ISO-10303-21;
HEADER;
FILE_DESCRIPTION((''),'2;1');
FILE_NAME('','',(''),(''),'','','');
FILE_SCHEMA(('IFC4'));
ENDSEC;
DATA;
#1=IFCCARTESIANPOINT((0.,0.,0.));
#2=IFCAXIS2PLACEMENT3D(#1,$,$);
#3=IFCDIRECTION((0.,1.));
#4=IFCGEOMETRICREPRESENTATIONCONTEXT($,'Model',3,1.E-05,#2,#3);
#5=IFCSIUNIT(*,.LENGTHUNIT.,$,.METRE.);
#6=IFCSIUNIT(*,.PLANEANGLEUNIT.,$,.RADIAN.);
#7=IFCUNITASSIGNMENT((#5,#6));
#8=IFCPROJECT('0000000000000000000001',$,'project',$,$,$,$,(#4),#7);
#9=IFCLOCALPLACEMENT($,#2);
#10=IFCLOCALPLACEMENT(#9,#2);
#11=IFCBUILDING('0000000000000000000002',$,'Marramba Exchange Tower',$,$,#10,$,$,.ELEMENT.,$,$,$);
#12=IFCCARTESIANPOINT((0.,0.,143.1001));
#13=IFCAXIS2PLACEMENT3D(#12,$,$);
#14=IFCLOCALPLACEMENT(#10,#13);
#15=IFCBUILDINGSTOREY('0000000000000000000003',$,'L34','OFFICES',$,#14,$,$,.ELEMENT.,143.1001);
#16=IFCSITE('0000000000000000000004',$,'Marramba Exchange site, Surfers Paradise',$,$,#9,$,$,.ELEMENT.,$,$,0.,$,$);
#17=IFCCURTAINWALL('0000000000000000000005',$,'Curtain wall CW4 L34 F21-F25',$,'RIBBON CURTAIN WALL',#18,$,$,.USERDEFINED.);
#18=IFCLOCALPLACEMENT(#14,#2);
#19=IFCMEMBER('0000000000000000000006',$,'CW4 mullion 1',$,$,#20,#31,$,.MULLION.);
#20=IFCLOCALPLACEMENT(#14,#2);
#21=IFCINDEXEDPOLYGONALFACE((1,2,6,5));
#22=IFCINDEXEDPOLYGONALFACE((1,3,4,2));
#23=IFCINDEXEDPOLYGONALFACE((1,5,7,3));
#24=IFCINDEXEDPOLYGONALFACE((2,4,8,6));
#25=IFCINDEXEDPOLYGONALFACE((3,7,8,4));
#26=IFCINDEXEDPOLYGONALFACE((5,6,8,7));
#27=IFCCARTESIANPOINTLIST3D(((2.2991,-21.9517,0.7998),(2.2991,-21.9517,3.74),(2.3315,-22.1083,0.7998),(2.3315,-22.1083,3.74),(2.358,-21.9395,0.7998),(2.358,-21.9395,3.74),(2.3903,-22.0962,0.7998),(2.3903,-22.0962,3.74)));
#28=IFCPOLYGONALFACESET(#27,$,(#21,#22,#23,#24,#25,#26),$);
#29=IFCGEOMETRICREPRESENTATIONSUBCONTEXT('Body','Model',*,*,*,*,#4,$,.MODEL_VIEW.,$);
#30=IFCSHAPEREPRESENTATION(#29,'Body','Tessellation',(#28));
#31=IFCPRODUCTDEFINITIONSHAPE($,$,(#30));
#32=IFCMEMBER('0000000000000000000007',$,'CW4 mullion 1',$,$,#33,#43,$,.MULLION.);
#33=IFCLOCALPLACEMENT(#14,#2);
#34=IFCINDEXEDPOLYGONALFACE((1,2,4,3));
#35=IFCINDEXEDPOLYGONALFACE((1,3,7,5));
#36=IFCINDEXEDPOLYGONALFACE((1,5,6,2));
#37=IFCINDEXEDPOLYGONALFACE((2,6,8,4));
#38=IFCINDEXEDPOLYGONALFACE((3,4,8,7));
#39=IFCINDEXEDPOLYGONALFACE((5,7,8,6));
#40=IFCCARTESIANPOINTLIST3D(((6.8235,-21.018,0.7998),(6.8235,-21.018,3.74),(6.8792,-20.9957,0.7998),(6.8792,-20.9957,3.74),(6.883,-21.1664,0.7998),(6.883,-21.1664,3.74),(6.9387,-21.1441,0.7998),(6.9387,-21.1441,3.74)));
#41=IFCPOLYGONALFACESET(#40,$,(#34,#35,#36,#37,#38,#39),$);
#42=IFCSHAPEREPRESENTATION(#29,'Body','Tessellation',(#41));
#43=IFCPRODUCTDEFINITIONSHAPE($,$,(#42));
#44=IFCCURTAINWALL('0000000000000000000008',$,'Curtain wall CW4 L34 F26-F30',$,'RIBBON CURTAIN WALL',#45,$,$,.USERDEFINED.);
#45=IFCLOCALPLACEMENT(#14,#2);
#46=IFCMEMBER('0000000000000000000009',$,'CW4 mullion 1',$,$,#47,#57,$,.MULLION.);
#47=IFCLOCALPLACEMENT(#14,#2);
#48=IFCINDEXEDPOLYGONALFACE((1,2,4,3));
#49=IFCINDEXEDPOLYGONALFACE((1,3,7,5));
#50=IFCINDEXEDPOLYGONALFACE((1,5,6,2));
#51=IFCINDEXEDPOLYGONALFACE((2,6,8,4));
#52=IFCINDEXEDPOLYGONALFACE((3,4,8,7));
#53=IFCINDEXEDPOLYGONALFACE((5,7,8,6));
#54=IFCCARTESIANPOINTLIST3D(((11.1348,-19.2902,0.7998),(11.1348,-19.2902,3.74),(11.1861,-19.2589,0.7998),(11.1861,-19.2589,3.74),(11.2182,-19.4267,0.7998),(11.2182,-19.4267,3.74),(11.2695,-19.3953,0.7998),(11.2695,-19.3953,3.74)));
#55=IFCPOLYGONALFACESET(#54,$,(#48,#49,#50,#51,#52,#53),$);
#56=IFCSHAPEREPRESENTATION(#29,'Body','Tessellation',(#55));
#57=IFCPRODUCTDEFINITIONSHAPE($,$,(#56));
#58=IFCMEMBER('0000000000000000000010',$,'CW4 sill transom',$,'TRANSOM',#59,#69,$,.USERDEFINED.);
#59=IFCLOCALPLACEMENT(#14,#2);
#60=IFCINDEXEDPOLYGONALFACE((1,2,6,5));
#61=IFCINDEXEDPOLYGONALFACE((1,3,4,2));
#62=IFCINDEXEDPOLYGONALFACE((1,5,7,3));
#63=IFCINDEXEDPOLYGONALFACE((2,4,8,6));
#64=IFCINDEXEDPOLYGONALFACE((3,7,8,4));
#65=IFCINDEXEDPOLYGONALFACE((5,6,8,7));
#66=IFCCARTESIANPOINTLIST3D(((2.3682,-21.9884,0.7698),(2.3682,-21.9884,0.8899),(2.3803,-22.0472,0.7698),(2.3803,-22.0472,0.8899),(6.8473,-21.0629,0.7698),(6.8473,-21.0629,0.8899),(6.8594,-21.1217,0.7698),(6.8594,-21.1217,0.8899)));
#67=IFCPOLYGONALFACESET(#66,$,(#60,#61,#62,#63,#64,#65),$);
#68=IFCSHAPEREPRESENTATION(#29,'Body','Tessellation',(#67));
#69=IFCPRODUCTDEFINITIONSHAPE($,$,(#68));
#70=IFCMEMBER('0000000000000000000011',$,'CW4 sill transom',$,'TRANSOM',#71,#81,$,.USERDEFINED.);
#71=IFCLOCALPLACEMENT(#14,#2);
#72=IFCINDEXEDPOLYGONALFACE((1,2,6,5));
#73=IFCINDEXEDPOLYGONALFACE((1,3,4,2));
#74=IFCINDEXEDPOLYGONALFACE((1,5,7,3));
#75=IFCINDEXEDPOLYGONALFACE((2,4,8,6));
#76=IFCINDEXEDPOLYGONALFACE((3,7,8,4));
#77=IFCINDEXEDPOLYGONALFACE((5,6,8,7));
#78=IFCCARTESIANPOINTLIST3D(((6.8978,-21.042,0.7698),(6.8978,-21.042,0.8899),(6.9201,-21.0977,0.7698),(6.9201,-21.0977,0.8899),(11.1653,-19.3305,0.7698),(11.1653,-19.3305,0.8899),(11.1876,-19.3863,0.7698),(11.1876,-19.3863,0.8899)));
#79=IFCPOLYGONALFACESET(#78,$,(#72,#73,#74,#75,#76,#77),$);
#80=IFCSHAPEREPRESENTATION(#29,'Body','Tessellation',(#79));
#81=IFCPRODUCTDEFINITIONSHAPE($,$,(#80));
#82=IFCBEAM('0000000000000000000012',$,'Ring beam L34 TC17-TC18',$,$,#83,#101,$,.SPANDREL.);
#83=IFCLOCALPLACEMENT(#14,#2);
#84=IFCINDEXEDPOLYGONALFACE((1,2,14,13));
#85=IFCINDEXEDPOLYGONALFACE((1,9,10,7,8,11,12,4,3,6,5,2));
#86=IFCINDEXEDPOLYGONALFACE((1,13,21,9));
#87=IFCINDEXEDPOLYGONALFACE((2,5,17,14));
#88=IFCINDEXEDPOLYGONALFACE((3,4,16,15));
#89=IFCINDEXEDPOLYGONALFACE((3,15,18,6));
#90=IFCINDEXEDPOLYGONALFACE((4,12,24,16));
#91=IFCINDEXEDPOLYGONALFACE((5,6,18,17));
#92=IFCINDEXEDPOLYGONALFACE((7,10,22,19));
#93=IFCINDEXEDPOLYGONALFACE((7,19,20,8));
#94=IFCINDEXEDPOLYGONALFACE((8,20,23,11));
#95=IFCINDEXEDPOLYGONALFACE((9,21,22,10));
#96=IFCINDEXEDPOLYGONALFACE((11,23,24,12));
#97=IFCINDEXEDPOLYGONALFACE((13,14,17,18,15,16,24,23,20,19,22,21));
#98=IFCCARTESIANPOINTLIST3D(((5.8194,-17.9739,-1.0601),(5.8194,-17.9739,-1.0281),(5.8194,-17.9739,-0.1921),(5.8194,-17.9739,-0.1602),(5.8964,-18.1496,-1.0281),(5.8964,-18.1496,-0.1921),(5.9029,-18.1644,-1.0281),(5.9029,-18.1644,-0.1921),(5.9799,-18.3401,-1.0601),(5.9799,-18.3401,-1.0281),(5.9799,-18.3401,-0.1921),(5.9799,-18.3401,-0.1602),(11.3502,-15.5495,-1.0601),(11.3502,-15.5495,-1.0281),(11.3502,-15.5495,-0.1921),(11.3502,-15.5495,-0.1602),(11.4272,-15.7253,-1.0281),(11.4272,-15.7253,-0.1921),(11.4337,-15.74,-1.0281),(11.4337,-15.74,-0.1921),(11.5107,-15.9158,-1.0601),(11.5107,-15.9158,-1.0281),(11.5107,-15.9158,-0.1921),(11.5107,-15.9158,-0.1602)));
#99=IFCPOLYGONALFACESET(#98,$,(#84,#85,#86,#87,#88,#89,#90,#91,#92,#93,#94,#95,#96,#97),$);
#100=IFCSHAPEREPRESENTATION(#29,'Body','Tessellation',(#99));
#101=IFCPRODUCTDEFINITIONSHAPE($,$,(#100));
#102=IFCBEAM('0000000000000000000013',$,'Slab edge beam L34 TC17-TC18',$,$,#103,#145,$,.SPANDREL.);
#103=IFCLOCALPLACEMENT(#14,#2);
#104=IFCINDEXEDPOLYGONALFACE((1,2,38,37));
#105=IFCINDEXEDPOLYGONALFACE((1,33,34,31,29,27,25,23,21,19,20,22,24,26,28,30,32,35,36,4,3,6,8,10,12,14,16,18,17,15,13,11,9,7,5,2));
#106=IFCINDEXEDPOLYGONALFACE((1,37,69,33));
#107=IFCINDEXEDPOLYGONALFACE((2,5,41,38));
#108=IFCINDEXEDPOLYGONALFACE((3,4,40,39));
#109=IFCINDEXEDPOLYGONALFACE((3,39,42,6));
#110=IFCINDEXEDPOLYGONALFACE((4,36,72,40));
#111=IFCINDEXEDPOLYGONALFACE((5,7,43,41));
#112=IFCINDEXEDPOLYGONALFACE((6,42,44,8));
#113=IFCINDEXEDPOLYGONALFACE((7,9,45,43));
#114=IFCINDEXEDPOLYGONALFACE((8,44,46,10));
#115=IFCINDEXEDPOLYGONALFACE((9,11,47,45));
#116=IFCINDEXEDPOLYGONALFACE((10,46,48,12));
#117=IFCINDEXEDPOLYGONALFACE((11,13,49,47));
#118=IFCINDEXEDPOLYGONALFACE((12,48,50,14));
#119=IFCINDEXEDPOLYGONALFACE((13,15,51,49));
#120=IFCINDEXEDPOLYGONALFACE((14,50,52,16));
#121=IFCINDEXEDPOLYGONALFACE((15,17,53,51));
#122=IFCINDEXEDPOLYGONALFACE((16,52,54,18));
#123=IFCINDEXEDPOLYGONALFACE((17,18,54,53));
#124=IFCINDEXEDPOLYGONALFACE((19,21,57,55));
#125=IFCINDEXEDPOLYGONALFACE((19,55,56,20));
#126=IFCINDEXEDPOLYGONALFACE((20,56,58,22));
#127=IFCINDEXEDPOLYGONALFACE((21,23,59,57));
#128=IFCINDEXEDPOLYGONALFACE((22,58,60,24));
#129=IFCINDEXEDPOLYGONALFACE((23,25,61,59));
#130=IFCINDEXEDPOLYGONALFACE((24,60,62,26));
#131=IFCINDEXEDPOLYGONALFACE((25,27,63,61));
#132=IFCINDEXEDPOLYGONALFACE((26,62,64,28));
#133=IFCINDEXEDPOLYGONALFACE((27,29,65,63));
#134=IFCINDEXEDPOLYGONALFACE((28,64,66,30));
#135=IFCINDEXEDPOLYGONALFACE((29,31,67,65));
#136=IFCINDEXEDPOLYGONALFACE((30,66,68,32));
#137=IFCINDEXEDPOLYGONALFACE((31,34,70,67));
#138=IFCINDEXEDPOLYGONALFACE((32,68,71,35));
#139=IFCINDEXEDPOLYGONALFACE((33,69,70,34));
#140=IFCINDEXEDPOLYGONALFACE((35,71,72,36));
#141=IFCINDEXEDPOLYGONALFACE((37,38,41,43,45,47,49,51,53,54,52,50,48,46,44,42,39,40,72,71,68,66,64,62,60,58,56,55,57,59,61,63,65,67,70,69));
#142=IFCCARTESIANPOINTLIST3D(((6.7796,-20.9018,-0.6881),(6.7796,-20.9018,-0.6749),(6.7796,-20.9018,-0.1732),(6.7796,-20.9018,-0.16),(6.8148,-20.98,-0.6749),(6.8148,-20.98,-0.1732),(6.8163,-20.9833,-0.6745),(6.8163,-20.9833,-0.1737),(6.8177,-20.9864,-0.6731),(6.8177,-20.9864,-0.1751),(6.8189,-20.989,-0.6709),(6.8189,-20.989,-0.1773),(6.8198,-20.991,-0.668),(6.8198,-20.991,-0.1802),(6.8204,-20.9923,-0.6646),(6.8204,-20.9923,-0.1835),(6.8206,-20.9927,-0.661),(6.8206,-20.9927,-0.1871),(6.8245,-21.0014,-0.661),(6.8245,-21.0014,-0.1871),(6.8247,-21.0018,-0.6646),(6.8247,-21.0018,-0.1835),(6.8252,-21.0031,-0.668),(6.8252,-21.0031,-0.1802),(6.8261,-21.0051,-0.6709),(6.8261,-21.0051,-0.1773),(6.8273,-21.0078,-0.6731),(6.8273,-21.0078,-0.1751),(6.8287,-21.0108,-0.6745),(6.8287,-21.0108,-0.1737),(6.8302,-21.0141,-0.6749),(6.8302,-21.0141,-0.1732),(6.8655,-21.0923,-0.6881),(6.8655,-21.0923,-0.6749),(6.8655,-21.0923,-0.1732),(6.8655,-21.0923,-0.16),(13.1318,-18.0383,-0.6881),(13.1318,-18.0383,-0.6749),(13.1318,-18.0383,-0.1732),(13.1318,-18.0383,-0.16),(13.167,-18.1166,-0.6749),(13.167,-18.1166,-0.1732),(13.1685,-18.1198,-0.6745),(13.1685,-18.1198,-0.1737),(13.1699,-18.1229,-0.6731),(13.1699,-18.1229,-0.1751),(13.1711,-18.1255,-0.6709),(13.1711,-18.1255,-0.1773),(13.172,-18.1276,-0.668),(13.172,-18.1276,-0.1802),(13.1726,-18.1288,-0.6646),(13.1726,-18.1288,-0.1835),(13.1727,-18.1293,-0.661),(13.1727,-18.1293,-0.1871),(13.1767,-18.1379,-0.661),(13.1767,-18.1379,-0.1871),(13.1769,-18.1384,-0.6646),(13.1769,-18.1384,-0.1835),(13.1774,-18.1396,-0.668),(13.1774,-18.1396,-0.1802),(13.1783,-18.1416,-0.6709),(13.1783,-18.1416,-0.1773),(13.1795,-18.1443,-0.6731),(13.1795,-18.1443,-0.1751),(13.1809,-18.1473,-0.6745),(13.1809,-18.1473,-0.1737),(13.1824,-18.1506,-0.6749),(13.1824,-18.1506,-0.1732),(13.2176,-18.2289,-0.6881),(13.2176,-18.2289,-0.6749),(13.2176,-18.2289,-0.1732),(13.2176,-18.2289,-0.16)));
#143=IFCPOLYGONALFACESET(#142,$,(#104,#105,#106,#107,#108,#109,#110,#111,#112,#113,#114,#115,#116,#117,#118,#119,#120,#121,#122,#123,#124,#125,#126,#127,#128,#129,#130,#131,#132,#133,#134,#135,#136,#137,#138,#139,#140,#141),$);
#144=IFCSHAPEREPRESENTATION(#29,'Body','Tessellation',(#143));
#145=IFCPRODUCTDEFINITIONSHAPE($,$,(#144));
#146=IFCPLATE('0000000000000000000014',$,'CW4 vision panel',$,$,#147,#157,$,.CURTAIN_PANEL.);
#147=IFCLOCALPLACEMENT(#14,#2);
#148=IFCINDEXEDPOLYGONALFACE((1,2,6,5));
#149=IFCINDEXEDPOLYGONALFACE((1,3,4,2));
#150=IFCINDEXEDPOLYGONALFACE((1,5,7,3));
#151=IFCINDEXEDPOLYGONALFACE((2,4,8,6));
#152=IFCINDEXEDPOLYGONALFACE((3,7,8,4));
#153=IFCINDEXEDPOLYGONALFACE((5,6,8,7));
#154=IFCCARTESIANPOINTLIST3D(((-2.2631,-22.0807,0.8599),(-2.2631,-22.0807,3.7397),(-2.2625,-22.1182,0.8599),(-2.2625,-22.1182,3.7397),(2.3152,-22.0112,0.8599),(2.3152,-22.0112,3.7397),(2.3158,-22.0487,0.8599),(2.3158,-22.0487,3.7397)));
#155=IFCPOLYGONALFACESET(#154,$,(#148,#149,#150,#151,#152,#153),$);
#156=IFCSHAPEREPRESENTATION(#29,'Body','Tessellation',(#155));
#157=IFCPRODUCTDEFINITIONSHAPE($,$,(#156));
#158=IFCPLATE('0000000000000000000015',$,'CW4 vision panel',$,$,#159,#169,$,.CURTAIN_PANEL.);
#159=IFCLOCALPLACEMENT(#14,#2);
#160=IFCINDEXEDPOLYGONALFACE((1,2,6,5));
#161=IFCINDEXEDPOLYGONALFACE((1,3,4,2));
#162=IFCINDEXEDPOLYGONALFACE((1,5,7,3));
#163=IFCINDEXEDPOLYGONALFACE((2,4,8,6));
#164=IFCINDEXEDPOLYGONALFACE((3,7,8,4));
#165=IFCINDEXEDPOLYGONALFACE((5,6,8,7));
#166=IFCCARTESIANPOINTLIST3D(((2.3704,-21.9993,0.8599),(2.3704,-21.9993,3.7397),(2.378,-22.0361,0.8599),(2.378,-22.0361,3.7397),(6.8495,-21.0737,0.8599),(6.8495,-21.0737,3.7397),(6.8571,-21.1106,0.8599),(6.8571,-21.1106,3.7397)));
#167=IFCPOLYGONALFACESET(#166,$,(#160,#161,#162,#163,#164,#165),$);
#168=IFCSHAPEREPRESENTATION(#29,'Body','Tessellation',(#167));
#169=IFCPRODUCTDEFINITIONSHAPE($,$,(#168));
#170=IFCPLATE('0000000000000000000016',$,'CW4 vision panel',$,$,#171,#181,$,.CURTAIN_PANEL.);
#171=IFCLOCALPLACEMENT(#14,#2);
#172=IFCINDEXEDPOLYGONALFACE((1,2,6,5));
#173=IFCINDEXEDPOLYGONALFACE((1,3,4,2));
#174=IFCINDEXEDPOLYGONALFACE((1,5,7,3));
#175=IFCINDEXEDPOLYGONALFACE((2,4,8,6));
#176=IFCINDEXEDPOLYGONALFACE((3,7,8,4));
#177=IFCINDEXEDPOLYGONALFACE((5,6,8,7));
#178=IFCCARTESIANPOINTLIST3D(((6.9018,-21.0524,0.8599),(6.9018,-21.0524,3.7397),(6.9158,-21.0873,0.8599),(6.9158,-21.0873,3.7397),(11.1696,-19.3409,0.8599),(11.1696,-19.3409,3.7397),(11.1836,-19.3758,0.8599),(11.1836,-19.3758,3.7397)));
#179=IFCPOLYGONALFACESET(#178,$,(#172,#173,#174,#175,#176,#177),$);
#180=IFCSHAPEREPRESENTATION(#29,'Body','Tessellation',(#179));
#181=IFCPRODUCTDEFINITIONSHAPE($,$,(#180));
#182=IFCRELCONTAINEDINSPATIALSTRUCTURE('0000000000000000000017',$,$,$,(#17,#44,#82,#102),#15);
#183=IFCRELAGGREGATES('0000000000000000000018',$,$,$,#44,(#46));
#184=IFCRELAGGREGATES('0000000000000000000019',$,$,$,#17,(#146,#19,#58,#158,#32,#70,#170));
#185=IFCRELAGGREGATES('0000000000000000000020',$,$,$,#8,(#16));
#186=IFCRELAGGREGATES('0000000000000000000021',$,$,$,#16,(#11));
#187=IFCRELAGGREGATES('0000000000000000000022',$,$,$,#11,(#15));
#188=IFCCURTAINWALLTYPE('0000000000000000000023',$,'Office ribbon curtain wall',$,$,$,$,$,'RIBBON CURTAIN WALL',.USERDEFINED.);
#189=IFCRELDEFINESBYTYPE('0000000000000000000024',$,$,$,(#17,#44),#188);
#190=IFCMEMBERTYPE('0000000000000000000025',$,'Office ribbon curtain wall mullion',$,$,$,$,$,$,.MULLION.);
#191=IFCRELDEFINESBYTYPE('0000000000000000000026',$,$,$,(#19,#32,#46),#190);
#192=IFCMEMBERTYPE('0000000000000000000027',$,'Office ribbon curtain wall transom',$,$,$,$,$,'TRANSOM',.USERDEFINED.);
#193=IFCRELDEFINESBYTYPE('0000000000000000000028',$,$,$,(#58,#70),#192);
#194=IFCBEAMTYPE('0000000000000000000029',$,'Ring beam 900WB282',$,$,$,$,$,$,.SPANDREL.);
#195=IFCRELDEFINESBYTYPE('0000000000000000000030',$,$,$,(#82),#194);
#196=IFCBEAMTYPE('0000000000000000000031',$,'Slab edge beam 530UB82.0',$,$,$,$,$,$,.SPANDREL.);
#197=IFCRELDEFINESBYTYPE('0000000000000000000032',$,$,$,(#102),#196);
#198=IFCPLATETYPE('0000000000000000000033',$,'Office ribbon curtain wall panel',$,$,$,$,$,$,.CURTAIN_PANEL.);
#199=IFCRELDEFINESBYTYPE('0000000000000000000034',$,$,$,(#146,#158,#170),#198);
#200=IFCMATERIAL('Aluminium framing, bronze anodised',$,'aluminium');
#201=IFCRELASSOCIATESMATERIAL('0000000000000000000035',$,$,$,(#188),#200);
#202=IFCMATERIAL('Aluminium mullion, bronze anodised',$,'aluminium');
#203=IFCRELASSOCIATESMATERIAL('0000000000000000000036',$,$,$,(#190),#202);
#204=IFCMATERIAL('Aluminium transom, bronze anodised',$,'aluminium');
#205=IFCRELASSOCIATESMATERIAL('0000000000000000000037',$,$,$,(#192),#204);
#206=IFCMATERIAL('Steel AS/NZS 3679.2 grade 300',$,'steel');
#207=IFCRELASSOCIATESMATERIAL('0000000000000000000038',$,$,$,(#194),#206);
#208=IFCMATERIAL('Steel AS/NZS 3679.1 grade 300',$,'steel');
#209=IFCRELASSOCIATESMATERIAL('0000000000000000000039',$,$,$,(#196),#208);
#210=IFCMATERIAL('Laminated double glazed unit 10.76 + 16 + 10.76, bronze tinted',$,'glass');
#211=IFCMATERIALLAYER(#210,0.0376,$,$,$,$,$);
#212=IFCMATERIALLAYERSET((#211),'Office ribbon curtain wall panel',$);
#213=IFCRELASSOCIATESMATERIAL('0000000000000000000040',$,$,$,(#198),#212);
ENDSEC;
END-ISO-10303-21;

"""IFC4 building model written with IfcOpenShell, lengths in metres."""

from ifc_helpers import new_model, si_unit, direction, frame, origin, origin_2d, place, context, subcontext, project, spatial, rectangle, i_section, extrude, material, layer, layer_set, material_profile, profile_set, type_object, element, aggregate, save


model = new_model("IFC4")

# Units and contexts
model_context = context("Model", 3, precision=1e-05, world=origin(), true_north=direction((0.0, 1.0)))
body_context = subcontext(model_context, "Body", "Model", "MODEL_VIEW")
ifc_project = project(units=[si_unit("LENGTHUNIT", "METRE"), si_unit("PLANEANGLEUNIT", "RADIAN")], contexts=[model_context])

# Site, building, storey
site_placement = place(None, origin())
site = spatial("IfcSite", under=ifc_project, at=site_placement, Name="Marramba Exchange site, Surfers Paradise", CompositionType="ELEMENT", RefElevation=0.0)
building_placement = place(site_placement, origin())
building = spatial("IfcBuilding", under=site, at=building_placement, Name="Marramba Exchange Tower", CompositionType="ELEMENT")
storey_placement = place(building_placement, frame((0.0, 0.0, 143.1001)))
storey = spatial("IfcBuildingStorey", under=building, at=storey_placement, Name="L34", Description="OFFICES", CompositionType="ELEMENT", Elevation=143.1001)

# Shared definitions
ifc_material_1 = material(Name="Steel AS/NZS 3679.2 grade 300", Category="steel")
ifc_material_2 = material(Name="Steel AS/NZS 3679.1 grade 300", Category="steel")

# Curtain wall, members
ifc_material_3 = material(Name="Aluminium framing, bronze anodised", Category="aluminium")
curtain_wall_type = type_object("IfcCurtainWallType", Name="Office ribbon curtain wall", ElementType="RIBBON CURTAIN WALL", PredefinedType="USERDEFINED", material=ifc_material_3)
curtain_wall_1_placement = place(storey_placement, origin())
curtain_wall_1 = element("IfcCurtainWall", 1, at=curtain_wall_1_placement, inside=storey, type_object=curtain_wall_type, Name="Curtain wall CW4 L34 F21-F25", ObjectType="RIBBON CURTAIN WALL", PredefinedType="USERDEFINED")
ifc_material_4 = material(Name="Aluminium mullion, bronze anodised", Category="aluminium")
ifc_material_profile_1 = material_profile(ifc_material_4, rectangle(XDim=0.1599, YDim=0.0601, at=origin_2d()), Name="CW4 mullion 60x160")
ifc_profile_set_1 = profile_set([ifc_material_profile_1], Name="Aluminium mullion, bronze anodised")
member_type_1 = type_object("IfcMemberType", Name="Office ribbon curtain wall mullion", PredefinedType="MULLION", material=ifc_profile_set_1)
member_1_placement = place(storey_placement, frame((2.3447, -22.0239, 0.7998), z_axis=(0.0, 0.0, 1.0), x_axis=(-0.202365, 0.97931, 0.0)))
member_1 = element("IfcMember", 2, at=member_1_placement, type_object=member_type_1, Name="CW4 mullion 1", PredefinedType="MULLION", context=body_context, shape_type="SweptSolid", body=[
    extrude(rectangle(XDim=0.1599, YDim=0.0601, at=origin_2d()), origin(), (0.0, 0.0, 1.0), 2.9402),
])
member_2_placement = place(storey_placement, frame((6.8811, -21.0811, 0.7998), z_axis=(0.0, 0.0, 1.0), x_axis=(-0.372209, 0.928149, 0.0)))
member_2 = element("IfcMember", 3, at=member_2_placement, type_object=member_type_1, Name="CW4 mullion 1", PredefinedType="MULLION", context=body_context, shape_type="SweptSolid", body=[
    extrude(rectangle(XDim=0.1599, YDim=0.0601, at=origin_2d()), origin(), (0.0, 0.0, 1.0), 2.9402),
])

# Curtain wall, member
curtain_wall_2_placement = place(storey_placement, origin())
curtain_wall_2 = element("IfcCurtainWall", 4, at=curtain_wall_2_placement, inside=storey, type_object=curtain_wall_type, Name="Curtain wall CW4 L34 F26-F30", ObjectType="RIBBON CURTAIN WALL", PredefinedType="USERDEFINED")
member_3_placement = place(storey_placement, frame((11.2021, -19.3428, 0.7998), z_axis=(0.0, 0.0, 1.0), x_axis=(-0.521733, 0.853109, 0.0)))
member_3 = element("IfcMember", 5, at=member_3_placement, type_object=member_type_1, Name="CW4 mullion 1", PredefinedType="MULLION", context=body_context, shape_type="SweptSolid", body=[
    extrude(rectangle(XDim=0.1599, YDim=0.0601, at=origin_2d()), origin(), (0.0, 0.0, 1.0), 2.9402),
])
aggregate(curtain_wall_2, [member_3])

# Members
ifc_material_5 = material(Name="Aluminium transom, bronze anodised", Category="aluminium")
ifc_material_profile_2 = material_profile(ifc_material_5, rectangle(XDim=0.0601, YDim=0.1201, at=origin_2d()), Name="CW4 transom 60x120")
ifc_profile_set_2 = profile_set([ifc_material_profile_2], Name="Aluminium transom, bronze anodised")
member_type_2 = type_object("IfcMemberType", Name="Office ribbon curtain wall transom", ElementType="TRANSOM", PredefinedType="USERDEFINED", material=ifc_profile_set_2)
member_4_placement = place(storey_placement, frame((2.3743, -22.0178, 0.8298), z_axis=(0.97931, 0.202364, 0.0), x_axis=(-0.202364, 0.97931, 0.0)))
member_4 = element("IfcMember", 6, at=member_4_placement, type_object=member_type_2, Name="CW4 sill transom", ObjectType="TRANSOM", PredefinedType="USERDEFINED", context=body_context, shape_type="SweptSolid", body=[
    extrude(rectangle(XDim=0.0601, YDim=0.1201, at=origin_2d()), origin(), (0.0, 0.0, 1.0), 4.5737),
])
member_5_placement = place(storey_placement, frame((6.9089, -21.0698, 0.8298), z_axis=(0.928147, 0.372214, 0.0), x_axis=(-0.372214, 0.928147, 0.0)))
member_5 = element("IfcMember", 7, at=member_5_placement, type_object=member_type_2, Name="CW4 sill transom", ObjectType="TRANSOM", PredefinedType="USERDEFINED", context=body_context, shape_type="SweptSolid", body=[
    extrude(rectangle(XDim=0.0601, YDim=0.1201, at=origin_2d()), origin(), (0.0, 0.0, 1.0), 4.5979),
])

# Beams
ifc_material_profile_3 = material_profile(ifc_material_1, i_section(OverallWidth=0.3999, OverallDepth=0.8999, WebThickness=0.0161, FlangeThickness=0.032, at=origin_2d()), Name="900WB282")
ifc_profile_set_3 = profile_set([ifc_material_profile_3], Name="Steel AS/NZS 3679.2 grade 300")
beam_type_1 = type_object("IfcBeamType", Name="Ring beam 900WB282", PredefinedType="SPANDREL", material=ifc_profile_set_3)
beam_1_placement = place(storey_placement, frame((5.8997, -18.157, -0.6101), z_axis=(0.915877, 0.401459, 0.0), x_axis=(-0.401459, 0.915877, 0.0)))
element("IfcBeam", 8, at=beam_1_placement, inside=storey, type_object=beam_type_1, Name="Ring beam L34 TC17-TC18", PredefinedType="SPANDREL", context=body_context, shape_type="SweptSolid", body=[
    extrude(i_section(OverallWidth=0.3999, OverallDepth=0.8999, WebThickness=0.0161, FlangeThickness=0.032, at=origin_2d()), origin(), (0.0, 0.0, 1.0), 6.0388),
])
ifc_material_profile_4 = material_profile(ifc_material_2, i_section(OverallWidth=0.209, OverallDepth=0.5281, WebThickness=0.0095, FlangeThickness=0.0132, FilletRadius=0.0139, at=origin_2d()), Name="530UB82.0")
ifc_profile_set_4 = profile_set([ifc_material_profile_4], Name="Steel AS/NZS 3679.1 grade 300")
beam_type_2 = type_object("IfcBeamType", Name="Slab edge beam 530UB82.0", PredefinedType="SPANDREL", material=ifc_profile_set_4)
beam_2_placement = place(storey_placement, frame((6.8225, -20.9971, -0.4241), z_axis=(0.911653, 0.41096, 0.0), x_axis=(-0.41096, 0.911653, 0.0)))
element("IfcBeam", 9, at=beam_2_placement, inside=storey, type_object=beam_type_2, Name="Slab edge beam L34 TC17-TC18", PredefinedType="SPANDREL", context=body_context, shape_type="SweptSolid", body=[
    extrude(i_section(OverallWidth=0.209, OverallDepth=0.5281, WebThickness=0.0095, FlangeThickness=0.0132, FilletRadius=0.0139, at=origin_2d()), origin(), (0.0, 0.0, 1.0), 6.9678),
])

# Plates
ifc_material_6 = material(Name="Laminated double glazed unit 10.76 + 16 + 10.76, bronze tinted", Category="glass")
ifc_layer_1 = layer(ifc_material_6, 0.0376)
ifc_layer_set_1 = layer_set([ifc_layer_1], Name="Office ribbon curtain wall panel")
plate_type = type_object("IfcPlateType", Name="Office ribbon curtain wall panel", PredefinedType="CURTAIN_PANEL", material=ifc_layer_set_1)
plate_1_placement = place(storey_placement, frame((0.0264, -22.0647, 0.8599), z_axis=(0.0, 0.0, 1.0), x_axis=(0.999885, 0.015179, 0.0)))
plate_1 = element("IfcPlate", 10, at=plate_1_placement, type_object=plate_type, Name="CW4 vision panel", PredefinedType="CURTAIN_PANEL", context=body_context, shape_type="SweptSolid", body=[
    extrude(rectangle(XDim=4.5789, YDim=0.0376, at=origin_2d()), origin(), (0.0, 0.0, 1.0), 2.8799),
])
plate_2_placement = place(storey_placement, frame((4.6138, -21.5549, 0.8599), z_axis=(0.0, 0.0, 1.0), x_axis=(0.97931, 0.202365, 0.0)))
plate_2 = element("IfcPlate", 11, at=plate_2_placement, type_object=plate_type, Name="CW4 vision panel", PredefinedType="CURTAIN_PANEL", context=body_context, shape_type="SweptSolid", body=[
    extrude(rectangle(XDim=4.5737, YDim=0.0376, at=origin_2d()), origin(), (0.0, 0.0, 1.0), 2.8799),
])
plate_3_placement = place(storey_placement, frame((9.0427, -20.2141, 0.8599), z_axis=(0.0, 0.0, 1.0), x_axis=(0.928149, 0.372209, 0.0)))
plate_3 = element("IfcPlate", 12, at=plate_3_placement, type_object=plate_type, Name="CW4 vision panel", PredefinedType="CURTAIN_PANEL", context=body_context, shape_type="SweptSolid", body=[
    extrude(rectangle(XDim=4.5981, YDim=0.0376, at=origin_2d()), origin(), (0.0, 0.0, 1.0), 2.8799),
])
aggregate(curtain_wall_1, [plate_1, member_1, member_4, plate_2, member_2, member_5, plate_3])

save(model, "model.ifc")
